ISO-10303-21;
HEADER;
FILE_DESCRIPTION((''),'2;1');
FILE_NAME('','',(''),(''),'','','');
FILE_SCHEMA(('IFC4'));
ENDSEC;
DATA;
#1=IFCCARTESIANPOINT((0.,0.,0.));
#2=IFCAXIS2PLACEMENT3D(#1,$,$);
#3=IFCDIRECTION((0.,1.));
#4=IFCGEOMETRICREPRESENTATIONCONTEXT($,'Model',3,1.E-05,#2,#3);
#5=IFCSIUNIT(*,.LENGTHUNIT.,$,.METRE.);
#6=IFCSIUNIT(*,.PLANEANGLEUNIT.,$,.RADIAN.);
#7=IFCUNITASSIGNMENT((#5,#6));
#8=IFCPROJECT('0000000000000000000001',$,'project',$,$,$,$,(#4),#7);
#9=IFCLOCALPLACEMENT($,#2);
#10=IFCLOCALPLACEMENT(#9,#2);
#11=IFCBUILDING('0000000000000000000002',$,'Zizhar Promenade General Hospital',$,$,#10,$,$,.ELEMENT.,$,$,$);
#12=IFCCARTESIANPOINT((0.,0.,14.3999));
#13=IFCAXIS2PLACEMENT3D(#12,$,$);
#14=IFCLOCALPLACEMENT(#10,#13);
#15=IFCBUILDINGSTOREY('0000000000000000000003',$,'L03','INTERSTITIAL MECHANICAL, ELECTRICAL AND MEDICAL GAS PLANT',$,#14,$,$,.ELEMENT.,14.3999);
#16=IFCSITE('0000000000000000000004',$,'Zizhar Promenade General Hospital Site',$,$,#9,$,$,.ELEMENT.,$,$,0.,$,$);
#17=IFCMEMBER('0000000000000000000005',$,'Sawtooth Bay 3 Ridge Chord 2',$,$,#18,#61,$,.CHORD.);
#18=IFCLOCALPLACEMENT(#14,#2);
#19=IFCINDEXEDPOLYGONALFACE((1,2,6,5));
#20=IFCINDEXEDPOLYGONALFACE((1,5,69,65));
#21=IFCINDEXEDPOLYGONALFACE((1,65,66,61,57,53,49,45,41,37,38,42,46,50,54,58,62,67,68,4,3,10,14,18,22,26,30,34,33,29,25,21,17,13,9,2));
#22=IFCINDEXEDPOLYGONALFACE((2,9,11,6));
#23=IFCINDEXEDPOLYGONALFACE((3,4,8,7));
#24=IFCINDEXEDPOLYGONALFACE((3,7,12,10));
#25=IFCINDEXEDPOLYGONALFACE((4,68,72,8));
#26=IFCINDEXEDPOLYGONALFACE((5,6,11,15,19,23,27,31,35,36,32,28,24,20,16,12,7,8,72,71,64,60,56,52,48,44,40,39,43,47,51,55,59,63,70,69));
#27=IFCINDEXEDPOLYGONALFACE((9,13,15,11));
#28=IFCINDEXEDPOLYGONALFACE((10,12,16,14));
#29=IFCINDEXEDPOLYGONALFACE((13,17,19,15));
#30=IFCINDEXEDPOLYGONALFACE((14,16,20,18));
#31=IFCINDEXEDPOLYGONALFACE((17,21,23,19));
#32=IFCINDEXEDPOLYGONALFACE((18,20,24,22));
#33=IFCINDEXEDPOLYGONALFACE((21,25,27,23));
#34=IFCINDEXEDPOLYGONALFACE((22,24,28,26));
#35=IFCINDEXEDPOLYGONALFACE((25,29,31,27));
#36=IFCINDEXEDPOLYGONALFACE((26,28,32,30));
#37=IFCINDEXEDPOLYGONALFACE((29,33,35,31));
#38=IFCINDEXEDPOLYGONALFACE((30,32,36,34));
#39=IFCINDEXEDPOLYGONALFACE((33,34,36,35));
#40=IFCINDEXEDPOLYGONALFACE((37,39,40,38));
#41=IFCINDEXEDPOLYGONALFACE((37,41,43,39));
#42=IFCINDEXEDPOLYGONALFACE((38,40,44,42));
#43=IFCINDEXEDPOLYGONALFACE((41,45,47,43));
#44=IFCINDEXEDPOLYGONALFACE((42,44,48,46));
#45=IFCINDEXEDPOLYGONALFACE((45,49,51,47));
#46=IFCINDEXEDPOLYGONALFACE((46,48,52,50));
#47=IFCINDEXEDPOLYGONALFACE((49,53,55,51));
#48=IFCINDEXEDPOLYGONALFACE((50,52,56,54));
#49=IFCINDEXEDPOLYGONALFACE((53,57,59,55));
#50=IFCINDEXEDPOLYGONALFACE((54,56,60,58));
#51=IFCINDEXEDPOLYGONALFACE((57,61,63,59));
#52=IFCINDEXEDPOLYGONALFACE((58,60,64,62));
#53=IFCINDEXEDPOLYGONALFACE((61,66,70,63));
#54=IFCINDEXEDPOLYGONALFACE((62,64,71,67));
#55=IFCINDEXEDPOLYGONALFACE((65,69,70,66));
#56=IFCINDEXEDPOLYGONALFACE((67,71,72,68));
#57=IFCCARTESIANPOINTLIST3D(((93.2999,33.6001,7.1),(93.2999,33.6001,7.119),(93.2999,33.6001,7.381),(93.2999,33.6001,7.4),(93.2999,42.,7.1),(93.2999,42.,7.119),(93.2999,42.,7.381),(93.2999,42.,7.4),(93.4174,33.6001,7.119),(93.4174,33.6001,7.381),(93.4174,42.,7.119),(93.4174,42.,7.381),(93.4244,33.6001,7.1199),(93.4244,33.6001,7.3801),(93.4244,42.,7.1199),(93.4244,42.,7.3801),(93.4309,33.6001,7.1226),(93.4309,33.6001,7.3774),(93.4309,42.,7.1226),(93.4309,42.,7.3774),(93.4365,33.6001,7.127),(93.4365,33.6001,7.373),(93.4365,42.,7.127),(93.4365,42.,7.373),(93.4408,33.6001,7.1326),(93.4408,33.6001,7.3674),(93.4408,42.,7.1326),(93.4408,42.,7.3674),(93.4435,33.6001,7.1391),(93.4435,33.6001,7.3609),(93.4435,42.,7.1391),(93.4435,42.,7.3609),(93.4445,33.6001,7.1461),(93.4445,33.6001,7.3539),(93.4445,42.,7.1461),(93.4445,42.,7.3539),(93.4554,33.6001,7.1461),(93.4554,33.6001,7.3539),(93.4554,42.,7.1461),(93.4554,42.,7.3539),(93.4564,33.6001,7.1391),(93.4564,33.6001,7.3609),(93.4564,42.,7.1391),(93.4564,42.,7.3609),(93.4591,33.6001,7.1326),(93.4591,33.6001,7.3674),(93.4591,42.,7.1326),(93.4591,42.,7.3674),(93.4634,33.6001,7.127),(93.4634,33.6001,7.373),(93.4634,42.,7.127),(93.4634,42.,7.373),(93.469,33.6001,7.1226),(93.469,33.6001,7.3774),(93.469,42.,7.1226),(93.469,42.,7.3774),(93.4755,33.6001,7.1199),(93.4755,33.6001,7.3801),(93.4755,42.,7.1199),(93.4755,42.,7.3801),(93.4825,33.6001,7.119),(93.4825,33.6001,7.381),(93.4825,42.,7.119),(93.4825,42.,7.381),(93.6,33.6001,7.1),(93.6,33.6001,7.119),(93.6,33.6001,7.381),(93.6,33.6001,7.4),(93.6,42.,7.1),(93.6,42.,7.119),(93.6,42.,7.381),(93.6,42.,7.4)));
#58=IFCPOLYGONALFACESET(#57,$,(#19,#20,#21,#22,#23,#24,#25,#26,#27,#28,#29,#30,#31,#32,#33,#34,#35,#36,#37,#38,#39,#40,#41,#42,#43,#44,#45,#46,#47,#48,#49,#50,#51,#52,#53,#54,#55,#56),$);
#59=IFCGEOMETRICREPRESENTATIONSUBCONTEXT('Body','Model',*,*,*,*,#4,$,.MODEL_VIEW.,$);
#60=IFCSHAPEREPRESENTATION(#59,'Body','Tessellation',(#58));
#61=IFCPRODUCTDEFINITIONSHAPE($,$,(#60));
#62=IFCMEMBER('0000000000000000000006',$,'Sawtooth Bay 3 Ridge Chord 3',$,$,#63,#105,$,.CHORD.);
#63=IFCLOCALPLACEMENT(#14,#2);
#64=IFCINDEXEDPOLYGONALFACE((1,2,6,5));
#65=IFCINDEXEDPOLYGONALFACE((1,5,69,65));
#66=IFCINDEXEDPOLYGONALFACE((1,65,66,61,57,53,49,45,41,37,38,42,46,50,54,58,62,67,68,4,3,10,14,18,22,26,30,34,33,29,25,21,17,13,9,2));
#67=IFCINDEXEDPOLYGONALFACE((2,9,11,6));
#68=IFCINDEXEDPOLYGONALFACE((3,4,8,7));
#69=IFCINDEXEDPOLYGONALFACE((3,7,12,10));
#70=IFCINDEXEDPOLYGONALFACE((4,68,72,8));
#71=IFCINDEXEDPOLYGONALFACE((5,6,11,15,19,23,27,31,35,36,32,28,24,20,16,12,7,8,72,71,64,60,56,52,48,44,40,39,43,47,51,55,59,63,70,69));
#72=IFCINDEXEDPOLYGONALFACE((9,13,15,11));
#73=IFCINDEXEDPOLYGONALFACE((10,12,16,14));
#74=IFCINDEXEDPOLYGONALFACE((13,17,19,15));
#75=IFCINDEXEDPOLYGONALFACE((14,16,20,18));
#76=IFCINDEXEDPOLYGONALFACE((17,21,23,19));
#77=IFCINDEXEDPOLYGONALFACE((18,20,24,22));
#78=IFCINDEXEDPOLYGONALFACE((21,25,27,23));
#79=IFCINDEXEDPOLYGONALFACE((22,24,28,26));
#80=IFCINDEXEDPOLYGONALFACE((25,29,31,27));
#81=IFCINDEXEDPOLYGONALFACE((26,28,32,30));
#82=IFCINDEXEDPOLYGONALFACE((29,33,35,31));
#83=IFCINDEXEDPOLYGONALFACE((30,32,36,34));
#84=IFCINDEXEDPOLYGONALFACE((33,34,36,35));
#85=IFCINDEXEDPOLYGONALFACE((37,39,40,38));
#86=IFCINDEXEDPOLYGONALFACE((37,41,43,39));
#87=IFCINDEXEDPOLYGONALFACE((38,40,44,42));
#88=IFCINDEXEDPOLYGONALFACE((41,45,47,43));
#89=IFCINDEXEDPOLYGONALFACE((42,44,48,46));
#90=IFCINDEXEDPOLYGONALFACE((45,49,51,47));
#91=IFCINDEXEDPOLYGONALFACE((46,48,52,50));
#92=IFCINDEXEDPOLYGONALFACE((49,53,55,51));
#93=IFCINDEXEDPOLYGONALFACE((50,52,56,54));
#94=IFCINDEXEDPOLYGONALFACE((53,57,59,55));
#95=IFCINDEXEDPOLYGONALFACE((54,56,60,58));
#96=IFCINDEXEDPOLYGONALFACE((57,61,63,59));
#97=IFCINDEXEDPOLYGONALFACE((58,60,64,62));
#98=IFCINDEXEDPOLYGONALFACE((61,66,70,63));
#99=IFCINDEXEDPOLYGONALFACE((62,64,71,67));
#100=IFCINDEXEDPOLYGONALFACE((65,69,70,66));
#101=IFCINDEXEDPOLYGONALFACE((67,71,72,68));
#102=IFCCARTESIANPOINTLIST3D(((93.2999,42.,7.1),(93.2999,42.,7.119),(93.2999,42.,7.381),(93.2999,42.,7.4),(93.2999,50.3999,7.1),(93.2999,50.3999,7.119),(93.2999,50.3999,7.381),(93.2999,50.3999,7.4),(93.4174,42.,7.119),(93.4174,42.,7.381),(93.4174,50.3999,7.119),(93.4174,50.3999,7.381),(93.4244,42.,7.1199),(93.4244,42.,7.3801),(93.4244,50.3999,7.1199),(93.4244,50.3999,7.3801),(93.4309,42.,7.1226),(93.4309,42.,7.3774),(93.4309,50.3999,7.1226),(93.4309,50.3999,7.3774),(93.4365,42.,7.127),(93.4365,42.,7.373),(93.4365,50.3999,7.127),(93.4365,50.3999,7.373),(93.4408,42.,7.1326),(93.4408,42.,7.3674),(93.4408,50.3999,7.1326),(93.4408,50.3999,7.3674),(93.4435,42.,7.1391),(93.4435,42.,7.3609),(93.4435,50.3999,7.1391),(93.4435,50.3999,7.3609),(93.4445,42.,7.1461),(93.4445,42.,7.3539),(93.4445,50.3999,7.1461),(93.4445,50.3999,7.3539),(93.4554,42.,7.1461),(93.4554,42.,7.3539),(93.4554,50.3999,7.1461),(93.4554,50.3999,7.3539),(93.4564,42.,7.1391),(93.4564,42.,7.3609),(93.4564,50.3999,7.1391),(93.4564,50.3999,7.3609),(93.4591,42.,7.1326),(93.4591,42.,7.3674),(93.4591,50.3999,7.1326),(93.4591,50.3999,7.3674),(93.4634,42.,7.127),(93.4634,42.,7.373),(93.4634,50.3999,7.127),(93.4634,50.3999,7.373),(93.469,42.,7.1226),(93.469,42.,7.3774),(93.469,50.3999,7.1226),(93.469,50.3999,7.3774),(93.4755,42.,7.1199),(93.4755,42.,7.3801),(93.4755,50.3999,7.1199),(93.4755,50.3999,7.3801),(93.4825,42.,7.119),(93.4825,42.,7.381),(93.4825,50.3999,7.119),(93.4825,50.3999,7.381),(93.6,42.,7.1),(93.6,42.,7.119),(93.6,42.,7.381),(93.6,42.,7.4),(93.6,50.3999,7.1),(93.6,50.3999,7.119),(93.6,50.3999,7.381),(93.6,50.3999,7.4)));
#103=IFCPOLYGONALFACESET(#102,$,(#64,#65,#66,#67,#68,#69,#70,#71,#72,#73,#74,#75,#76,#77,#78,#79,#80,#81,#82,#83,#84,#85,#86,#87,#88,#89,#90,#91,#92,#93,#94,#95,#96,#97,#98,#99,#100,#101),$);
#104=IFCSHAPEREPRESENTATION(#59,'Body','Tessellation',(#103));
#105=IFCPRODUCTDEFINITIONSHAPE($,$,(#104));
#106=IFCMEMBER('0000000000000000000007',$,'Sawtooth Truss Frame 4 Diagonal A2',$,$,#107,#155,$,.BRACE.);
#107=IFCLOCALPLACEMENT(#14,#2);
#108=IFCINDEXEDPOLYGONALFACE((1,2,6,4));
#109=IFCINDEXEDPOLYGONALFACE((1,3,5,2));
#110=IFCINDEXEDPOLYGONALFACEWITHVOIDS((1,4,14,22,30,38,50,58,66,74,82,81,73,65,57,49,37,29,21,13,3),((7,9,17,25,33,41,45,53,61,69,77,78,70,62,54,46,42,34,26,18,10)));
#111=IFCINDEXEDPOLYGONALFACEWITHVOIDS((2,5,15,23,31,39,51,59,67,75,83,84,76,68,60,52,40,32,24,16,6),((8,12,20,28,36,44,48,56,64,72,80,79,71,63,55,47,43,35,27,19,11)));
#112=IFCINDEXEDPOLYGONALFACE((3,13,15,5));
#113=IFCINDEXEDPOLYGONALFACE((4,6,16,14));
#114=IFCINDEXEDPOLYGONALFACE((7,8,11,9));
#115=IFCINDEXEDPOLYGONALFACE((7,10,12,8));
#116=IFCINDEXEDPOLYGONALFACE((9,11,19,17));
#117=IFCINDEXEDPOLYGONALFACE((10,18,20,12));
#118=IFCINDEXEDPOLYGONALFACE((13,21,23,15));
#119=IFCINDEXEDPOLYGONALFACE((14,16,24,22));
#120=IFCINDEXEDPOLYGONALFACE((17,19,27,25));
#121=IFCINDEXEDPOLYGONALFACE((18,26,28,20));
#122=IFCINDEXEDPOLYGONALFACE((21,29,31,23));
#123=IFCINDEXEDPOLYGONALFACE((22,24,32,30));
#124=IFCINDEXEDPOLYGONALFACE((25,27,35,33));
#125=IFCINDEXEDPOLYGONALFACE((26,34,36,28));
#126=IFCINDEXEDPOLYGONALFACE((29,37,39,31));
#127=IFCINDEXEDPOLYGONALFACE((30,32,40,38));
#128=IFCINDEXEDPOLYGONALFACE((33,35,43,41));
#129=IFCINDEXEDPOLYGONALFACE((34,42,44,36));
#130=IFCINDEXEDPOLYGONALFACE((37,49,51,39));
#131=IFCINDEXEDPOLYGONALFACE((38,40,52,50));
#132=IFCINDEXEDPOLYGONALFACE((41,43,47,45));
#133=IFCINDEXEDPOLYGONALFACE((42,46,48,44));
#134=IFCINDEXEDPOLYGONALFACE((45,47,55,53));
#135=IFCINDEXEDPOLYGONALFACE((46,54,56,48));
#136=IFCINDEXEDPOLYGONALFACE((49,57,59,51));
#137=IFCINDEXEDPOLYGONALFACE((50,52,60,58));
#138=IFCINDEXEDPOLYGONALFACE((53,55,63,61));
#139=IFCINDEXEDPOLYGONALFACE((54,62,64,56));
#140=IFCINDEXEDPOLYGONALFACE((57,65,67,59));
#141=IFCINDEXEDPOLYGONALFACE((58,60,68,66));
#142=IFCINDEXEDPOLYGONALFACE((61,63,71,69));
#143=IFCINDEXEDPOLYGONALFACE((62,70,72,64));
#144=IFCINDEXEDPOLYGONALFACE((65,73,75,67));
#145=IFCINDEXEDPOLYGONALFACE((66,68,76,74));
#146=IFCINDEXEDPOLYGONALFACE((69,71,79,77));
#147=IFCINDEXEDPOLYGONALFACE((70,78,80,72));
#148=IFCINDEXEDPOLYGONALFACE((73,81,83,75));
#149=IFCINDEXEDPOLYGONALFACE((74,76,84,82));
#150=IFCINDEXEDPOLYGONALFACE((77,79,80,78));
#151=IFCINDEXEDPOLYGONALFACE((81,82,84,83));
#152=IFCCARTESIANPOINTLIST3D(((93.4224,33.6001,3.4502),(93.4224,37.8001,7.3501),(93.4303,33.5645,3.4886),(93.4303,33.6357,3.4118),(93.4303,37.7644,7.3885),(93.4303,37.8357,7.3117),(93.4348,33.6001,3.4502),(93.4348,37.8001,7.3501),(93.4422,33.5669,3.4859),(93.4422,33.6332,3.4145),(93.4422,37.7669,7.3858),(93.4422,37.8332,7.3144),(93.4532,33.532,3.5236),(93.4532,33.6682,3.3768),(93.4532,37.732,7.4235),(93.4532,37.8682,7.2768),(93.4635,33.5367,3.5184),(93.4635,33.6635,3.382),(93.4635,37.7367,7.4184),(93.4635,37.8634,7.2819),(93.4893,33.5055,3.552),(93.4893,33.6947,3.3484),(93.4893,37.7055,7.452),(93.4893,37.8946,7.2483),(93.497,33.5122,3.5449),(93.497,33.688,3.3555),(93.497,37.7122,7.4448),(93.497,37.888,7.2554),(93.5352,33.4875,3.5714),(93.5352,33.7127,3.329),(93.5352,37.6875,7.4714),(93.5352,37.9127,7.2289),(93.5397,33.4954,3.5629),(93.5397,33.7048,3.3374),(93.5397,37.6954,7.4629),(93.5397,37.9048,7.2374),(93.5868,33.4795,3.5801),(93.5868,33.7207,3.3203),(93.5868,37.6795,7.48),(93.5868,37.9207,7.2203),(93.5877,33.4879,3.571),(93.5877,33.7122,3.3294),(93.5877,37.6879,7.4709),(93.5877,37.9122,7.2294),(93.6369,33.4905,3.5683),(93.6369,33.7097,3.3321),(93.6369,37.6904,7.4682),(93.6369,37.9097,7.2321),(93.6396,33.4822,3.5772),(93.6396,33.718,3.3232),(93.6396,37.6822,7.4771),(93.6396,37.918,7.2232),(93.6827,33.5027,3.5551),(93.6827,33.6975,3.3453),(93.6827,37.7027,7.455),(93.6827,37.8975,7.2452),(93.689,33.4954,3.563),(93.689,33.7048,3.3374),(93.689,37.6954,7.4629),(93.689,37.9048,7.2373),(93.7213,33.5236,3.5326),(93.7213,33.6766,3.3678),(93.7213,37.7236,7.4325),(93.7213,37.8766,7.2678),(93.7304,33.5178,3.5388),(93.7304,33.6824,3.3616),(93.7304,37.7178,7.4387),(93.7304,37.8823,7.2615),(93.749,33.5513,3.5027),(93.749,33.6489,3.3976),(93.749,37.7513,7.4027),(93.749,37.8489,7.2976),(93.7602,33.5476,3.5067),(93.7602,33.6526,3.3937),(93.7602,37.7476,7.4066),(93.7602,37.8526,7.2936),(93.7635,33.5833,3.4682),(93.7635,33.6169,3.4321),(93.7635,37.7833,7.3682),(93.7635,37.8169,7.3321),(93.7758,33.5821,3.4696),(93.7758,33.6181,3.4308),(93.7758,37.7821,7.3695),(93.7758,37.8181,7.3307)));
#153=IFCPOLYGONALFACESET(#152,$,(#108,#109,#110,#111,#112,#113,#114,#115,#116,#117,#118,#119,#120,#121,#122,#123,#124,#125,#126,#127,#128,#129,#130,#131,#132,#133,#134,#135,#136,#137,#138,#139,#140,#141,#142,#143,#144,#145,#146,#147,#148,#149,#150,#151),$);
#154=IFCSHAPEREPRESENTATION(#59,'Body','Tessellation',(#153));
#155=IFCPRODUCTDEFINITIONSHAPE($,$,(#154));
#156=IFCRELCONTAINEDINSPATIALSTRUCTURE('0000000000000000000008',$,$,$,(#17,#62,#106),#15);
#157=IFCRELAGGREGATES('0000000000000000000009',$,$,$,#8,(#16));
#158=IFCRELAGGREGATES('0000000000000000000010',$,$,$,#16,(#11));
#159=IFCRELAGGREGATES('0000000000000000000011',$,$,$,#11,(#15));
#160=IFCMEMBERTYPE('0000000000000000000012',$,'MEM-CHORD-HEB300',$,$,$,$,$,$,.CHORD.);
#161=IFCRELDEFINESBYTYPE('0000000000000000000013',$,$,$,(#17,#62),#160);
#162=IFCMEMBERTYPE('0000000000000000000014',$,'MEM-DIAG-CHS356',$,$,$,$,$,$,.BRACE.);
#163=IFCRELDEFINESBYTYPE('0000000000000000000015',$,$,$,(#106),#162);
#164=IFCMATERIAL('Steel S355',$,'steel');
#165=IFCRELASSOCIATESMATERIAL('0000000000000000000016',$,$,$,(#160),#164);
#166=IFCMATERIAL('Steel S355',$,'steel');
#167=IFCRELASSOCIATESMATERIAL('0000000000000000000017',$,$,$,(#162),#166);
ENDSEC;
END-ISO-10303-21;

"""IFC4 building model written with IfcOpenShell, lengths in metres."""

from ifc_helpers import new_model, si_unit, direction, frame, origin, origin_2d, place, context, subcontext, project, spatial, hollow_circle, i_section, extrude, material, material_profile, profile_set, type_object, element, save


model = new_model("IFC4")

# Units and contexts
model_context = context("Model", 3, precision=1e-05, world=origin(), true_north=direction((0.0, 1.0)))
body_context = subcontext(model_context, "Body", "Model", "MODEL_VIEW")
ifc_project = project(units=[si_unit("LENGTHUNIT", "METRE"), si_unit("PLANEANGLEUNIT", "RADIAN")], contexts=[model_context])

# Site, building, storey
site_placement = place(None, origin())
site = spatial("IfcSite", under=ifc_project, at=site_placement, Name="Zizhar Promenade General Hospital Site", CompositionType="ELEMENT", RefElevation=0.0)
building_placement = place(site_placement, origin())
building = spatial("IfcBuilding", under=site, at=building_placement, Name="Zizhar Promenade General Hospital", CompositionType="ELEMENT")
storey_placement = place(building_placement, frame((0.0, 0.0, 14.3999)))
storey = spatial("IfcBuildingStorey", under=building, at=storey_placement, Name="L03", Description="INTERSTITIAL MECHANICAL, ELECTRICAL AND MEDICAL GAS PLANT", CompositionType="ELEMENT", Elevation=14.3999)

# Members
ifc_material_1 = material(Name="Steel S355", Category="steel")
ifc_material_profile_1 = material_profile(ifc_material_1, i_section(OverallWidth=0.3, OverallDepth=0.3, WebThickness=0.011, FlangeThickness=0.019, FilletRadius=0.0271, at=origin_2d()))
ifc_profile_set_1 = profile_set([ifc_material_profile_1], Name="Steel S355")
member_type_1 = type_object("IfcMemberType", Name="MEM-CHORD-HEB300", PredefinedType="CHORD", material=ifc_profile_set_1)
for number, where, z_axis, x_axis, name in (
    (1, (93.45, 33.6001, 7.25), (0.0, 1.0, 0.0), (-1.0, 0.0, 0.0), "Sawtooth Bay 3 Ridge Chord 2"),
    (2, (93.45, 42.0, 7.25), (0.0, 1.0, 0.0), (-1.0, 0.0, 0.0), "Sawtooth Bay 3 Ridge Chord 3"),
):
    element("IfcMember", number, at=place(storey_placement, frame(where, z_axis=z_axis, x_axis=x_axis)), inside=storey, type_object=member_type_1, Name=name, PredefinedType="CHORD", context=body_context, shape_type="SweptSolid", body=[
        extrude(i_section(OverallWidth=0.3, OverallDepth=0.3, WebThickness=0.011, FlangeThickness=0.019, FilletRadius=0.0271, at=origin_2d()), origin(), (0.0, 0.0, 1.0), 8.3999),
    ])
ifc_material_2 = material(Name="Steel S355", Category="steel")
ifc_material_profile_2 = material_profile(ifc_material_2, hollow_circle(Radius=0.1777, WallThickness=0.0125, at=origin_2d()))
ifc_profile_set_2 = profile_set([ifc_material_profile_2], Name="Steel S355")
member_type_2 = type_object("IfcMemberType", Name="MEM-DIAG-CHS356", PredefinedType="BRACE", material=ifc_profile_set_2)
member_1_placement = place(storey_placement, frame((93.6001, 33.6001, 3.4502), z_axis=(0.0, 0.732798, 0.680446), x_axis=(-1.0, 0.0, 0.0)))
element("IfcMember", 3, at=member_1_placement, inside=storey, type_object=member_type_2, Name="Sawtooth Truss Frame 4 Diagonal A2", PredefinedType="BRACE", context=body_context, shape_type="SweptSolid", body=[
    extrude(hollow_circle(Radius=0.1777, WallThickness=0.0125, at=origin_2d()), origin(), (0.0, 0.0, 1.0), 5.7314),
])

save(model, "model.ifc")
